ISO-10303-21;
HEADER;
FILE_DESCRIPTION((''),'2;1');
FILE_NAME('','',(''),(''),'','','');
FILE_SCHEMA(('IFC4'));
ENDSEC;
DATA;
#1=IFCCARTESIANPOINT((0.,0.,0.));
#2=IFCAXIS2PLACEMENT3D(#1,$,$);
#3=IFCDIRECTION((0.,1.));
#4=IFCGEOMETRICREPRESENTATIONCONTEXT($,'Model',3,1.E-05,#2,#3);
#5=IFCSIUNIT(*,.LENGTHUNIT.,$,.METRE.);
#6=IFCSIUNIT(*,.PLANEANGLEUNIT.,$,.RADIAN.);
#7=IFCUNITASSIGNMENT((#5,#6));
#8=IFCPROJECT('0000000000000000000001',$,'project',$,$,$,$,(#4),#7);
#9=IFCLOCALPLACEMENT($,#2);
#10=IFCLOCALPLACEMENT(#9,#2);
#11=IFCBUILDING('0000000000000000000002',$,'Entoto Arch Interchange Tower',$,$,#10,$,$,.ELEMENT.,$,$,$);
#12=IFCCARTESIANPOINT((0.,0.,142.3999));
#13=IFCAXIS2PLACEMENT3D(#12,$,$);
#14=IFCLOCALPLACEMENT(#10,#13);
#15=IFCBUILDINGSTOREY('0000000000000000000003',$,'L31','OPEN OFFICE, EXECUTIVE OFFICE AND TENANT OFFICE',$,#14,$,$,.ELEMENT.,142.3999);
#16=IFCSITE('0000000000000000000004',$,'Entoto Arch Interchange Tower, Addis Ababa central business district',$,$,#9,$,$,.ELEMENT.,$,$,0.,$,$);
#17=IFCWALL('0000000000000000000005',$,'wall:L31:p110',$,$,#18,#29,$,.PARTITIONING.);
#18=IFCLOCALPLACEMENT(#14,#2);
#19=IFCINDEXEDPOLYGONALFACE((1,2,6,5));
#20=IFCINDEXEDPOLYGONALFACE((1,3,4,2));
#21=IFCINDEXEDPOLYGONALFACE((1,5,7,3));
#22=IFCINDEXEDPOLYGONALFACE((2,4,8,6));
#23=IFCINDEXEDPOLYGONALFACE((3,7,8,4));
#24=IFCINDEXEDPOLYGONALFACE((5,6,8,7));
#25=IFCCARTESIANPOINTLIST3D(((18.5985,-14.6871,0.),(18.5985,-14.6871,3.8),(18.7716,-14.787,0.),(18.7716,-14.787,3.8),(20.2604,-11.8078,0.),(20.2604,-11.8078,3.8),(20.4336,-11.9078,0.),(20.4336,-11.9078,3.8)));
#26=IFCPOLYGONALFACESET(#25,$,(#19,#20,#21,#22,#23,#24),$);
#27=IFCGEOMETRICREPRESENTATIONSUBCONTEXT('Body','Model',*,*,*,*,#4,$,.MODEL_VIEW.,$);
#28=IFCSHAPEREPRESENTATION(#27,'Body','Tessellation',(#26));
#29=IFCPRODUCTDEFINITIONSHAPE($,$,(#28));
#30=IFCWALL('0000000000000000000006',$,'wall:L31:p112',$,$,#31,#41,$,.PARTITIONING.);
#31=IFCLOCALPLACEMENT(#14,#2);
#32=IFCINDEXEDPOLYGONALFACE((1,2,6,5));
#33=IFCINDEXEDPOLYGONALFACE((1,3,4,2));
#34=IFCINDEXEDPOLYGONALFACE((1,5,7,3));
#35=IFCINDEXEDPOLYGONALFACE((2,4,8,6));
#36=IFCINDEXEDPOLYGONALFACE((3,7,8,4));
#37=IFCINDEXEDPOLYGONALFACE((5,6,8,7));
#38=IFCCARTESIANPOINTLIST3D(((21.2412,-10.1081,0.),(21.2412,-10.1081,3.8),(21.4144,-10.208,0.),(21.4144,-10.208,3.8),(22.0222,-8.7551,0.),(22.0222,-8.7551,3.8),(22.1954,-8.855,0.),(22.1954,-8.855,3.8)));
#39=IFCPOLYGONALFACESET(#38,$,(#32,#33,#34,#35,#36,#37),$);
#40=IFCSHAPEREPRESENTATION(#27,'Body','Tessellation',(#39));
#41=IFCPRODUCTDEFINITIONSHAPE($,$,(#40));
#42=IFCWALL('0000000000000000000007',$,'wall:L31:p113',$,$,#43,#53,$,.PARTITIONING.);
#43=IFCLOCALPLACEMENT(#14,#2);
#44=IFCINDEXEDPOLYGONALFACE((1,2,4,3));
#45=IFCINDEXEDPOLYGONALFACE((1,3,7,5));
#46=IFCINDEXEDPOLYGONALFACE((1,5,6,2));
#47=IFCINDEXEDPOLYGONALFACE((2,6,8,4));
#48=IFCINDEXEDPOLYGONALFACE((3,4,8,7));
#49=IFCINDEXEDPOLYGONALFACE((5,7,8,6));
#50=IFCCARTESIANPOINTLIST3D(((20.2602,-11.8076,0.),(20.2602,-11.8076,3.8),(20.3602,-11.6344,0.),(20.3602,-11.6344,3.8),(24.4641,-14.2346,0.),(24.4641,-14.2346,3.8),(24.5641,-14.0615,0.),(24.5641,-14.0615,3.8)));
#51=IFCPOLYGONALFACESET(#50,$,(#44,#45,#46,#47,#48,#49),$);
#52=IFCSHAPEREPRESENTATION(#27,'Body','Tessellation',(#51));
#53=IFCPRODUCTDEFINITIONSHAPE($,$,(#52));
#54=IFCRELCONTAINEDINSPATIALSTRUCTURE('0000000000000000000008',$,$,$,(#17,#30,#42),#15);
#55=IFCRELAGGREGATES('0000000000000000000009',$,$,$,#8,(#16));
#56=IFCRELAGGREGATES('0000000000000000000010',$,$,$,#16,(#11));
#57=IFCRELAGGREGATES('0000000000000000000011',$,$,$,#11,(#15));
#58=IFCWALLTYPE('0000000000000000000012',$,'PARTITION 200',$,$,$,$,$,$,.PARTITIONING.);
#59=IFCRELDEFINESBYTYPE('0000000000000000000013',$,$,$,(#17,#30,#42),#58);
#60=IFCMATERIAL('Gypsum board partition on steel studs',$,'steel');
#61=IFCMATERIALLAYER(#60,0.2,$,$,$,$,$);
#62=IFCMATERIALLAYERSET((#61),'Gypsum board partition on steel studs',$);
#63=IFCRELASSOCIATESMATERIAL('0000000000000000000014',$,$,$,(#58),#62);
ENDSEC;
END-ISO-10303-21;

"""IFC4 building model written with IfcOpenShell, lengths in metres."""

from ifc_helpers import new_model, si_unit, direction, frame, frame_2d, origin, place, context, subcontext, project, spatial, rectangle, extrude, material, layer, layer_set, type_object, element, save


model = new_model("IFC4")

# Units and contexts
model_context = context("Model", 3, precision=1e-05, world=origin(), true_north=direction((0.0, 1.0)))
body_context = subcontext(model_context, "Body", "Model", "MODEL_VIEW")
ifc_project = project(units=[si_unit("LENGTHUNIT", "METRE"), si_unit("PLANEANGLEUNIT", "RADIAN")], contexts=[model_context])

# Site, building, storey
site_placement = place(None, origin())
site = spatial("IfcSite", under=ifc_project, at=site_placement, Name="Entoto Arch Interchange Tower, Addis Ababa central business district", CompositionType="ELEMENT", RefElevation=0.0)
building_placement = place(site_placement, origin())
building = spatial("IfcBuilding", under=site, at=building_placement, Name="Entoto Arch Interchange Tower", CompositionType="ELEMENT")
storey_placement = place(building_placement, frame((0.0, 0.0, 142.3999)))
storey = spatial("IfcBuildingStorey", under=building, at=storey_placement, Name="L31", Description="OPEN OFFICE, EXECUTIVE OFFICE AND TENANT OFFICE", CompositionType="ELEMENT", Elevation=142.3999)

# Shared definitions
ifc_material_1 = material(Name="Gypsum board partition on steel studs", Category="steel")
ifc_layer_1 = layer(ifc_material_1, 0.2)
ifc_layer_set_1 = layer_set([ifc_layer_1], Name="Gypsum board partition on steel studs")
wall_type_1 = type_object("IfcWallType", Name="PARTITION 200", PredefinedType="PARTITIONING", material=ifc_layer_set_1)

# Walls
wall_1_placement = place(storey_placement, frame((20.3469, -11.8579, 0.0), z_axis=(0.0, 0.0, 1.0), x_axis=(-0.499907, -0.866079, 0.0)))
element("IfcWall", 1, at=wall_1_placement, inside=storey, type_object=wall_type_1, Name="wall:L31:p110", PredefinedType="PARTITIONING", context=body_context, shape_type="SweptSolid", body=[
    extrude(rectangle(XDim=3.3245, YDim=0.2, at=frame_2d((1.6621, 0.0))), origin(), (0.0, 0.0, 1.0), 3.8),
])
wall_2_placement = place(storey_placement, frame((22.1089, -8.8049, 0.0), z_axis=(0.0, 0.0, 1.0), x_axis=(-0.499921, -0.866071, 0.0)))
element("IfcWall", 2, at=wall_2_placement, inside=storey, type_object=wall_type_1, Name="wall:L31:p112", PredefinedType="PARTITIONING", context=body_context, shape_type="SweptSolid", body=[
    extrude(rectangle(XDim=1.5623, YDim=0.2, at=frame_2d((0.7812, 0.0))), origin(), (0.0, 0.0, 1.0), 3.8),
])
wall_3_placement = place(storey_placement, frame((20.3101, -11.7209, 0.0), z_axis=(0.0, 0.0, 1.0), x_axis=(0.866034, -0.499985, 0.0)))
element("IfcWall", 3, at=wall_3_placement, inside=storey, type_object=wall_type_1, Name="wall:L31:p113", PredefinedType="PARTITIONING", context=body_context, shape_type="SweptSolid", body=[
    extrude(rectangle(XDim=4.8542, YDim=0.2, at=frame_2d((2.4272, 0.0))), origin(), (0.0, 0.0, 1.0), 3.8),
])

save(model, "model.ifc")
